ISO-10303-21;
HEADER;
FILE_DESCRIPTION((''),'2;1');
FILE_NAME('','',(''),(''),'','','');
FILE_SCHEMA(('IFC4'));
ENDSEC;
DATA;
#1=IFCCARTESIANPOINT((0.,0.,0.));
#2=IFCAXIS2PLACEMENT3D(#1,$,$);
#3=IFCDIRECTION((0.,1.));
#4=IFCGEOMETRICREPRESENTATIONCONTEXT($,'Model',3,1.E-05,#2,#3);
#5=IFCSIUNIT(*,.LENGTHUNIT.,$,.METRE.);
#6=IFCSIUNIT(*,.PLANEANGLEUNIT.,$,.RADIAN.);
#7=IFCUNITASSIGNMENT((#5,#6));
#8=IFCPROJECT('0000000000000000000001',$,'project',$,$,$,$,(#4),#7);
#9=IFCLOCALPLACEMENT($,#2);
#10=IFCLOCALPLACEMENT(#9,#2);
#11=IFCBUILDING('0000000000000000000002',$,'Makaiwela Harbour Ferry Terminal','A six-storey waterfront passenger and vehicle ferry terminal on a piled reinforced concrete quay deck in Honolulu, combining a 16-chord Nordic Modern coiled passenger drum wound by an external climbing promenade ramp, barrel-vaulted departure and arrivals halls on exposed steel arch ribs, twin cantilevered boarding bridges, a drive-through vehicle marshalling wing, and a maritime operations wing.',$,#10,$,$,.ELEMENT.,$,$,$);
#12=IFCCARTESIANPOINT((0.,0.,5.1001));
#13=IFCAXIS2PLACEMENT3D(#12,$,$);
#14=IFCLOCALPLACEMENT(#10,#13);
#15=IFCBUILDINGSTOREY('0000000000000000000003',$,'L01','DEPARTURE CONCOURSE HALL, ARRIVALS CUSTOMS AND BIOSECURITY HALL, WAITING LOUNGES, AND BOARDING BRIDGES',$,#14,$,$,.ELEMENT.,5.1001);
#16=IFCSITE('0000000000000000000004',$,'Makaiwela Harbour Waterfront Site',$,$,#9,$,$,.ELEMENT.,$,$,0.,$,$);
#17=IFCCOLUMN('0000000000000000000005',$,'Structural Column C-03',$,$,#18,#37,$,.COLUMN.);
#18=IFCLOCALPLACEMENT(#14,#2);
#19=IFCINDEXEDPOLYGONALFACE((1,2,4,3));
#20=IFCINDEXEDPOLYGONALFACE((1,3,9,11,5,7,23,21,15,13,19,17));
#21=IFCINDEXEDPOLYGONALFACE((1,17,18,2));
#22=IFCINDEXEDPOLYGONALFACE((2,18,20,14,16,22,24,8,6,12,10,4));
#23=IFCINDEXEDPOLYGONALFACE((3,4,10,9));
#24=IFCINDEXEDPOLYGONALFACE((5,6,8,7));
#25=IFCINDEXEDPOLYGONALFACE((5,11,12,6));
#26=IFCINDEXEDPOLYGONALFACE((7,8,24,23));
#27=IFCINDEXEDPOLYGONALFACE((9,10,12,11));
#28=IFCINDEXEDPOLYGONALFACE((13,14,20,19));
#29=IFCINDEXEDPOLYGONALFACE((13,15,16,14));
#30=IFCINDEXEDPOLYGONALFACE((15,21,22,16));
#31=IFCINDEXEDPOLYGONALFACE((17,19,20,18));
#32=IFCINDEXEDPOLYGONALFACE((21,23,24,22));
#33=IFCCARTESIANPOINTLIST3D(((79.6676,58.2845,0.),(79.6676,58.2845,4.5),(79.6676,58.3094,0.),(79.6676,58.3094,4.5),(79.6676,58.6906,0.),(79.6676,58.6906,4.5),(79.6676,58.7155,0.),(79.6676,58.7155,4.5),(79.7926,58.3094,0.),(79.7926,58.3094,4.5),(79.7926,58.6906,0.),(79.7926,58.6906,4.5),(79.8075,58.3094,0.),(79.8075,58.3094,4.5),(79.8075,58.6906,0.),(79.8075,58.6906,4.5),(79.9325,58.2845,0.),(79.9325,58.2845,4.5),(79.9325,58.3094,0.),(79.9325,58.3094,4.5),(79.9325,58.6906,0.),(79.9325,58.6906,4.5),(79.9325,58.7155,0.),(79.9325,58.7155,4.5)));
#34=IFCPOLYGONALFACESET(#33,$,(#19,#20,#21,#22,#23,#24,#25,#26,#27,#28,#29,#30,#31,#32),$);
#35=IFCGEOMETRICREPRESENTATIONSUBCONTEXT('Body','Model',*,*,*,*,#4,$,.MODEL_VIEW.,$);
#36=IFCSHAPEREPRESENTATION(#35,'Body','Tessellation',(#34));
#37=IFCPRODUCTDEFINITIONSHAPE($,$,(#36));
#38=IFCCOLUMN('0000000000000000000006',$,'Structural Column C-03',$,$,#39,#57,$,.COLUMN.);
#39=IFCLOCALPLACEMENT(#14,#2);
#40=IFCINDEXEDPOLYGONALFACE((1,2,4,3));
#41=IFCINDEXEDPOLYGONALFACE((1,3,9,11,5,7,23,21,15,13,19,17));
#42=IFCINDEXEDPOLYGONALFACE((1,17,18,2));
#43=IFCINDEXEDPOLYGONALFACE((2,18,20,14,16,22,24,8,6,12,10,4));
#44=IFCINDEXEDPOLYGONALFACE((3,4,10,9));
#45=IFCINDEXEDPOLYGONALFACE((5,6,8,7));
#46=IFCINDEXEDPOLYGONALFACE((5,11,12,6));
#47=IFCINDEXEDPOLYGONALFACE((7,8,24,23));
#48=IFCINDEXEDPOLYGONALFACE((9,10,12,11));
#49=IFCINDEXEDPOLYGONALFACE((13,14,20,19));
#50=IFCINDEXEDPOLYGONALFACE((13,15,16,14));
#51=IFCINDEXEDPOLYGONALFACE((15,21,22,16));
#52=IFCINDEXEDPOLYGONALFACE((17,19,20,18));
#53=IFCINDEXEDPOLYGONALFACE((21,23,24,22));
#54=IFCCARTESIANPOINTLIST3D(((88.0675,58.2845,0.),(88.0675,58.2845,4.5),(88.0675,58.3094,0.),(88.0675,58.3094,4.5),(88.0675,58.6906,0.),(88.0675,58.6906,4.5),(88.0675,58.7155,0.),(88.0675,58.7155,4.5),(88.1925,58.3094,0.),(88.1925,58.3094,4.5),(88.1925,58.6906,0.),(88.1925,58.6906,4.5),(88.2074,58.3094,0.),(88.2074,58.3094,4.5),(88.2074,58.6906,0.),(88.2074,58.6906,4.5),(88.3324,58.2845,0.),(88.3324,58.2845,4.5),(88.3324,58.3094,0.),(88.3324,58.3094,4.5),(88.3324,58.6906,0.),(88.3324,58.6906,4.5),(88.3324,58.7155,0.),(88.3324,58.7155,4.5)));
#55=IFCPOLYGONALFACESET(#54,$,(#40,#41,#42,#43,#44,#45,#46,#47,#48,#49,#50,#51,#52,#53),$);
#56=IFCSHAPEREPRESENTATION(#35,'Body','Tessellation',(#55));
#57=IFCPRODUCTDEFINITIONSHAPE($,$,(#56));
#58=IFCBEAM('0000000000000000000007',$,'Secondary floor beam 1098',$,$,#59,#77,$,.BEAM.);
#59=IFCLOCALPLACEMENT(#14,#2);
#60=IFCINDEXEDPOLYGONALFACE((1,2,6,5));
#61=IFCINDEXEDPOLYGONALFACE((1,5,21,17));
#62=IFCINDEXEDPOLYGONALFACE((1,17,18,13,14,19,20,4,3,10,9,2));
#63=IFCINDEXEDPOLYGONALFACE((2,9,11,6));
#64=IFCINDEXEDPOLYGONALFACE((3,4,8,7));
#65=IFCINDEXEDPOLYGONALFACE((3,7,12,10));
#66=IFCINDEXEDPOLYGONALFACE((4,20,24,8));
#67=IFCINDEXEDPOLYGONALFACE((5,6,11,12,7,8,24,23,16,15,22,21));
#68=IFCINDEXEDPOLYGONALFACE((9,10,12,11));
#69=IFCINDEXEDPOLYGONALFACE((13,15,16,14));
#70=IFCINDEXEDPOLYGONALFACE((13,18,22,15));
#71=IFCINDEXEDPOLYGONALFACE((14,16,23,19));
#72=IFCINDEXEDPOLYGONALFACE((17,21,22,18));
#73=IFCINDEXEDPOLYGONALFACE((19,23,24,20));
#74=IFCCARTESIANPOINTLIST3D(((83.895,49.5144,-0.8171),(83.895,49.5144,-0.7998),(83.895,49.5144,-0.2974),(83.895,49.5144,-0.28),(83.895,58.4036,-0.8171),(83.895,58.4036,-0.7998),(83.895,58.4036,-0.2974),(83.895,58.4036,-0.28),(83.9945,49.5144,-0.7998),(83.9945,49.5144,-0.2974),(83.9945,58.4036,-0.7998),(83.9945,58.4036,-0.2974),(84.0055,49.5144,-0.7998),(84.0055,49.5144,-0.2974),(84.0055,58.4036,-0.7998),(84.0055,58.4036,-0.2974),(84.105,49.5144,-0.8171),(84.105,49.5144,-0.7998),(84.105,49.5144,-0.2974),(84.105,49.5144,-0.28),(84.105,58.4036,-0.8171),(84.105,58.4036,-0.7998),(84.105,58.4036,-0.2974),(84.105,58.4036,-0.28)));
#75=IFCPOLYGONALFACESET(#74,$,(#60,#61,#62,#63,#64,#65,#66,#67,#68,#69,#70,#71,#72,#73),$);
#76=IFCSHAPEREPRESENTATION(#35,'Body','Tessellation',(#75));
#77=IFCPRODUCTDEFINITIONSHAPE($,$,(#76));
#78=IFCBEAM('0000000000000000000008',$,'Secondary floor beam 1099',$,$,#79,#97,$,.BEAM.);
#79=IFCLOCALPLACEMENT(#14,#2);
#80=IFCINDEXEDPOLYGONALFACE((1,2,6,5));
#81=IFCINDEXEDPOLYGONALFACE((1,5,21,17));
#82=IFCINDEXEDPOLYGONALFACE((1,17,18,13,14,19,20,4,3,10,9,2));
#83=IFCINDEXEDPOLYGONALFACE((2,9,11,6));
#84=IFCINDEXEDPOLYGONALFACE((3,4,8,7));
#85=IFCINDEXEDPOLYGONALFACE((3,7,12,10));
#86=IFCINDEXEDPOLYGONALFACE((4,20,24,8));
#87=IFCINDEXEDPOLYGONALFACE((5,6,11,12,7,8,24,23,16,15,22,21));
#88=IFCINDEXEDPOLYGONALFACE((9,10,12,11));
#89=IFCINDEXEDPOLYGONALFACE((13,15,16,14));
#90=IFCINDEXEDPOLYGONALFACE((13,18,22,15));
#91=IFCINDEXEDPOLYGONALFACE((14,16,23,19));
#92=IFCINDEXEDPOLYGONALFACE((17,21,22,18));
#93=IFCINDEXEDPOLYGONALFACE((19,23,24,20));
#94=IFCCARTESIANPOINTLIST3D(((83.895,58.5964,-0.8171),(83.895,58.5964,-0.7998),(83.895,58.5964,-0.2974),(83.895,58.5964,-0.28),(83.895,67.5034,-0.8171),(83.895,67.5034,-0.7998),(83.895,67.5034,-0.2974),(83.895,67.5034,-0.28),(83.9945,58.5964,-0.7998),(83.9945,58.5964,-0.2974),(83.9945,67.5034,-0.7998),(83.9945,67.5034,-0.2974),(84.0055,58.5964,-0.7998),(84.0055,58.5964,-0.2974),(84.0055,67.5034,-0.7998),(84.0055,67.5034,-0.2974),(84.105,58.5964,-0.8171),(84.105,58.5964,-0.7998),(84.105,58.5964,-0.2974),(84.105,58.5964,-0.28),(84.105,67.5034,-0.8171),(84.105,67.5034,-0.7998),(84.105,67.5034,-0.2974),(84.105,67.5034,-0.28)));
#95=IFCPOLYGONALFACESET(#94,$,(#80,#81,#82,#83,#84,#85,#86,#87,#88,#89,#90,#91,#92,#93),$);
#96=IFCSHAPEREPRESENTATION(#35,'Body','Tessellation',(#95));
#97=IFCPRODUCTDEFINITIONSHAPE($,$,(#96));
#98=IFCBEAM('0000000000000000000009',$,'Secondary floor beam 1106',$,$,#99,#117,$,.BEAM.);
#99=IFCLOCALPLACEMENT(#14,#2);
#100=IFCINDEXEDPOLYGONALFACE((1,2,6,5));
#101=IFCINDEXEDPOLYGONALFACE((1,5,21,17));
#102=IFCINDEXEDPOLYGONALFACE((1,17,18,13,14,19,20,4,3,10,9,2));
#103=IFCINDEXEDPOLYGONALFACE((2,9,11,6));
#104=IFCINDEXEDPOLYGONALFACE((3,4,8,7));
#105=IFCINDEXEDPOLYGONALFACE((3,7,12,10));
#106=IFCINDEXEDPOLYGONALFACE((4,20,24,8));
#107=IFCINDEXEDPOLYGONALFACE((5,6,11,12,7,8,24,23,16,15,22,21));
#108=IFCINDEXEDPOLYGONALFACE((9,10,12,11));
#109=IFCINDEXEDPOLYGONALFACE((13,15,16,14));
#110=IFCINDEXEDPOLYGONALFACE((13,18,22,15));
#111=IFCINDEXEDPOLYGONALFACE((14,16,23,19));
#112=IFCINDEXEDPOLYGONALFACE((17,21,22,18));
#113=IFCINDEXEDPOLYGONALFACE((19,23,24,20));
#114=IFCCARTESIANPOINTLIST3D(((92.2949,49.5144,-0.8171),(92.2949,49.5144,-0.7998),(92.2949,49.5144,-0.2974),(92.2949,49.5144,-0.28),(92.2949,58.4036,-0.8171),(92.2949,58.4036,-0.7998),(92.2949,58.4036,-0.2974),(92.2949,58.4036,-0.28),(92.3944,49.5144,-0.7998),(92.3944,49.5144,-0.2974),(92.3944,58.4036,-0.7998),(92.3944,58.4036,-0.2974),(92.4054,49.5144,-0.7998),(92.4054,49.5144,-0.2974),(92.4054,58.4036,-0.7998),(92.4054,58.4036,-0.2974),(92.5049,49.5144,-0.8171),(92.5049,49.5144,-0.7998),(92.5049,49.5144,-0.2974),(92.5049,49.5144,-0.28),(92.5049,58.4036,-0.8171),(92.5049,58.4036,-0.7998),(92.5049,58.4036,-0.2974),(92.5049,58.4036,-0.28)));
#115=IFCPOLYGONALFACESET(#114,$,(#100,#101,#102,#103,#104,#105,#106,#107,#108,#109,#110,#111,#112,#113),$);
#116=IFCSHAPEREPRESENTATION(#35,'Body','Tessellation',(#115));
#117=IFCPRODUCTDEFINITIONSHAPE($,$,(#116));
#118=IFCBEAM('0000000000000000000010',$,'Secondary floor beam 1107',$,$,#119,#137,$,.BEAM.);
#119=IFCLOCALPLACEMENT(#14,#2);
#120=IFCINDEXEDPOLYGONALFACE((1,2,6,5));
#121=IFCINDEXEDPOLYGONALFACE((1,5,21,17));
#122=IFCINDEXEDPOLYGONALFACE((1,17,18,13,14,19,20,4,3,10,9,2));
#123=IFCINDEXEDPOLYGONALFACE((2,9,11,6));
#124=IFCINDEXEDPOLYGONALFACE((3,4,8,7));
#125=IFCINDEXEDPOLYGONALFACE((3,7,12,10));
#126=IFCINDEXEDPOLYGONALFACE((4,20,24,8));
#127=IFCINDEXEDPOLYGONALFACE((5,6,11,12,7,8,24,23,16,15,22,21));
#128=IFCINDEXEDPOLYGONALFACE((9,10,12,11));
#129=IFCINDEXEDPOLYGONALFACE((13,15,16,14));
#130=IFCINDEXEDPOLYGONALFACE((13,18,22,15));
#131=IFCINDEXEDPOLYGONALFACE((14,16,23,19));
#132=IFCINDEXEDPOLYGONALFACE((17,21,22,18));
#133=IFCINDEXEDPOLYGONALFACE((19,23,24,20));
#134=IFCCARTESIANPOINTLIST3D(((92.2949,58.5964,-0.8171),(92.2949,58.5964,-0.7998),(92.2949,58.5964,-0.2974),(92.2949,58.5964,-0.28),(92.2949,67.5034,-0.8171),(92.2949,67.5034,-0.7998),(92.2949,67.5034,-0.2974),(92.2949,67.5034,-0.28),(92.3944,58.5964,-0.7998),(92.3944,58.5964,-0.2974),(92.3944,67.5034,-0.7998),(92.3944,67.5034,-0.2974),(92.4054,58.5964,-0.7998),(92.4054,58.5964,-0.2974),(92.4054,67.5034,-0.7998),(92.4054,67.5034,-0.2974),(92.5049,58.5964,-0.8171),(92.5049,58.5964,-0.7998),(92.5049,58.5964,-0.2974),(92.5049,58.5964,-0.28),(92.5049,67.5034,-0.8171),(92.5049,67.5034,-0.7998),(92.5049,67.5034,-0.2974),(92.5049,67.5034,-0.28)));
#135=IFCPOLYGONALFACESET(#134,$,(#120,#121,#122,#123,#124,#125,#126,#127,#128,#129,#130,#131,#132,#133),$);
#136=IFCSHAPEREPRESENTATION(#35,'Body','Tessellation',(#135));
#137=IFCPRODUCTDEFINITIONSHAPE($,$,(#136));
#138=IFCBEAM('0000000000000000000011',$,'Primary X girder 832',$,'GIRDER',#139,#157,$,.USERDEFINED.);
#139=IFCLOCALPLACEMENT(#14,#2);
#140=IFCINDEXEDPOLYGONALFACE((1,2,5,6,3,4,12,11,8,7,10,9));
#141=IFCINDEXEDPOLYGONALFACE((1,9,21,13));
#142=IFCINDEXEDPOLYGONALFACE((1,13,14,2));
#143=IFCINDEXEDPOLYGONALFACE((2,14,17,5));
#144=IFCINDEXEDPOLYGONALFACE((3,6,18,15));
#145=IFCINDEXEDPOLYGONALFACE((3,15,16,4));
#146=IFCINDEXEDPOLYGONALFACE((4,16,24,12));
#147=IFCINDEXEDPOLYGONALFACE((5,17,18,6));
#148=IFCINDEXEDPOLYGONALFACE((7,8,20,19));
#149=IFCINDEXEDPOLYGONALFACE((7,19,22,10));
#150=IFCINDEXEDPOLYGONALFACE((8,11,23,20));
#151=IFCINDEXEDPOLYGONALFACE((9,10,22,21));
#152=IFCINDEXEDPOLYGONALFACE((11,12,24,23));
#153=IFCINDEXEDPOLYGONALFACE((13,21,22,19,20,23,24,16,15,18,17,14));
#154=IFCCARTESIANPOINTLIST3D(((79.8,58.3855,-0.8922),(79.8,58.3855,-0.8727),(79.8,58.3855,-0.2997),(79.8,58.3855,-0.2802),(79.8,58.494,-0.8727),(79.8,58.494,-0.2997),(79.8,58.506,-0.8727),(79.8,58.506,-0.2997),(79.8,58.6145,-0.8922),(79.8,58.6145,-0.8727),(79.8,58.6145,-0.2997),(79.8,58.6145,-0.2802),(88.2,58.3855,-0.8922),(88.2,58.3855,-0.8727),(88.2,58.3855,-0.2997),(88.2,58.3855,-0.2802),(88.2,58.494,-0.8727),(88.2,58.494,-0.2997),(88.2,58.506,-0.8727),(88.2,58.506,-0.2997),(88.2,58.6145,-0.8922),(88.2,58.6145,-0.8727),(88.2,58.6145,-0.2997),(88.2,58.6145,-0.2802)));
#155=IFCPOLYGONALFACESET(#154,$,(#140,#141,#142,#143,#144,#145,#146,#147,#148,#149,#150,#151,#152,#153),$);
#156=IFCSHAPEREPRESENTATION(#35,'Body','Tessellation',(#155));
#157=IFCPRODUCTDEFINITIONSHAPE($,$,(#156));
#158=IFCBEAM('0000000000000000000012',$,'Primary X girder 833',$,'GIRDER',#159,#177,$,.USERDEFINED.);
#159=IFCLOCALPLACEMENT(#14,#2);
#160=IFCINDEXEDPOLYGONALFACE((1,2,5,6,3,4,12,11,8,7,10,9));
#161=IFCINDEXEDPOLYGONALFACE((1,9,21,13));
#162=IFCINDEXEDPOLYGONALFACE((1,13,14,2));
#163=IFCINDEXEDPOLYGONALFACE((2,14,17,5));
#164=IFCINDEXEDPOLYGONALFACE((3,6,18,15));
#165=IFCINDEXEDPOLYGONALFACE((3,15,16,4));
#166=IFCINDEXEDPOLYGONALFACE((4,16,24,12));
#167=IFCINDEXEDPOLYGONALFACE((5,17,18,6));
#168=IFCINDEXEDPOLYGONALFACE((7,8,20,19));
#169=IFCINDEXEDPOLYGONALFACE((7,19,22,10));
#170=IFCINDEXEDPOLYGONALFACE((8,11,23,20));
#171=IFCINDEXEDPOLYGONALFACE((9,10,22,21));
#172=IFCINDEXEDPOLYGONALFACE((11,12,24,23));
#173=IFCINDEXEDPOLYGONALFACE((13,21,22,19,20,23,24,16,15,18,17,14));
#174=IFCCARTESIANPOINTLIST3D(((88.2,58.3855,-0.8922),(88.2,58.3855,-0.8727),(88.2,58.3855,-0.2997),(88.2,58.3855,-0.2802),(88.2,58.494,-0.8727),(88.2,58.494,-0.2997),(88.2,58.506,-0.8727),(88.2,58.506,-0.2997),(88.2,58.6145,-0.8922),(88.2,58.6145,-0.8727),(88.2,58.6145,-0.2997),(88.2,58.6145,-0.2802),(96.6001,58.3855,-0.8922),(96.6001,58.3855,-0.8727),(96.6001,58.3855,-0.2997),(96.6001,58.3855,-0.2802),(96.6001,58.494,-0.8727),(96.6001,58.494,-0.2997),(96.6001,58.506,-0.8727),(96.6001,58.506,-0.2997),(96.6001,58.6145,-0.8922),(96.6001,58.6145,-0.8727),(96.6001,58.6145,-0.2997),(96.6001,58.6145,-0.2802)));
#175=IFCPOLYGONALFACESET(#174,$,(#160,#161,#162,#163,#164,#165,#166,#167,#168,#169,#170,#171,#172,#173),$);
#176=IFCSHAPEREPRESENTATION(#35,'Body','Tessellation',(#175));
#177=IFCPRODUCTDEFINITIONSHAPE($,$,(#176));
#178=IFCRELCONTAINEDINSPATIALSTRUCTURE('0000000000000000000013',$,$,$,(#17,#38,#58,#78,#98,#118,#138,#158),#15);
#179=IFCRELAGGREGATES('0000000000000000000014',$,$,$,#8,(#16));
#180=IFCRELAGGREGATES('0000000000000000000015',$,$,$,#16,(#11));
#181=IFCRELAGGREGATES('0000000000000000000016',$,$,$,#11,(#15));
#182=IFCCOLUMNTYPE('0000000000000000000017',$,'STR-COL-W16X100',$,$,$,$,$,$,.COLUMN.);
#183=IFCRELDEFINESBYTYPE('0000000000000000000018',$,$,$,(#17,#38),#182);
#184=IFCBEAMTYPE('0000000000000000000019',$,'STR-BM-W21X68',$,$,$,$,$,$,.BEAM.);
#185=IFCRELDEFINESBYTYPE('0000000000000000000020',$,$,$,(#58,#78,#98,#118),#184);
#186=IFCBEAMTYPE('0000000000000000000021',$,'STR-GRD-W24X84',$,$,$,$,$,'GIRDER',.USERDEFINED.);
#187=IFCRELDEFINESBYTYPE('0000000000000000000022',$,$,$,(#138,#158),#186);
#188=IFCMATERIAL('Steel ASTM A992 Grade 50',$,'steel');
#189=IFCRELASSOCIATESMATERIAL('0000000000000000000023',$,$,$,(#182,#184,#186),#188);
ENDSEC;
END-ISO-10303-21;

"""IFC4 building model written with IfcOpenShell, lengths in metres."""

from ifc_helpers import new_model, si_unit, direction, frame, origin, origin_2d, place, context, subcontext, project, spatial, i_section, extrude, material, material_profile, profile_set, type_object, element, save


model = new_model("IFC4")

# Units and contexts
model_context = context("Model", 3, precision=1e-05, world=origin(), true_north=direction((0.0, 1.0)))
body_context = subcontext(model_context, "Body", "Model", "MODEL_VIEW")
ifc_project = project(units=[si_unit("LENGTHUNIT", "METRE"), si_unit("PLANEANGLEUNIT", "RADIAN")], contexts=[model_context])

# Site, building, storey
site_placement = place(None, origin())
site = spatial("IfcSite", under=ifc_project, at=site_placement, Name="Makaiwela Harbour Waterfront Site", CompositionType="ELEMENT", RefElevation=0.0)
building_placement = place(site_placement, origin())
building = spatial("IfcBuilding", under=site, at=building_placement, Name="Makaiwela Harbour Ferry Terminal", Description="A six-storey waterfront passenger and vehicle ferry terminal on a piled reinforced concrete quay deck in Honolulu, combining a 16-chord Nordic Modern coiled passenger drum wound by an external climbing promenade ramp, barrel-vaulted departure and arrivals halls on exposed steel arch ribs, twin cantilevered boarding bridges, a drive-through vehicle marshalling wing, and a maritime operations wing.", CompositionType="ELEMENT")
storey_placement = place(building_placement, frame((0.0, 0.0, 5.1001)))
storey = spatial("IfcBuildingStorey", under=building, at=storey_placement, Name="L01", Description="DEPARTURE CONCOURSE HALL, ARRIVALS CUSTOMS AND BIOSECURITY HALL, WAITING LOUNGES, AND BOARDING BRIDGES", CompositionType="ELEMENT", Elevation=5.1001)

# Columns
ifc_material_1 = material(Name="Steel ASTM A992 Grade 50", Category="steel")
ifc_material_profile_1 = material_profile(ifc_material_1, i_section(OverallWidth=0.2649, OverallDepth=0.4309, WebThickness=0.0149, FlangeThickness=0.0249, at=origin_2d()), Name="W16X100")
ifc_profile_set_1 = profile_set([ifc_material_profile_1], Name="Steel ASTM A992 Grade 50")
column_type = type_object("IfcColumnType", Name="STR-COL-W16X100", PredefinedType="COLUMN", material=ifc_profile_set_1)
for number, where, z_axis, x_axis, name in (
    (1, (79.8, 58.5, 0.0), (0.0, 0.0, 1.0), (1.0, 0.0, 0.0), "Structural Column C-03"),
    (2, (88.2, 58.5, 0.0), (0.0, 0.0, 1.0), (1.0, 0.0, 0.0), "Structural Column C-03"),
):
    element("IfcColumn", number, at=place(storey_placement, frame(where, z_axis=z_axis, x_axis=x_axis)), inside=storey, type_object=column_type, Name=name, PredefinedType="COLUMN", context=body_context, shape_type="SweptSolid", body=[
        extrude(i_section(OverallWidth=0.2649, OverallDepth=0.4309, WebThickness=0.0149, FlangeThickness=0.0249, at=origin_2d()), origin(), (0.0, 0.0, 1.0), 4.5),
    ])

# Beams
ifc_material_profile_2 = material_profile(ifc_material_1, i_section(OverallWidth=0.21, OverallDepth=0.5371, WebThickness=0.011, FlangeThickness=0.0173, at=origin_2d()), Name="W21X68")
ifc_profile_set_2 = profile_set([ifc_material_profile_2], Name="Steel ASTM A992 Grade 50")
beam_type_1 = type_object("IfcBeamType", Name="STR-BM-W21X68", PredefinedType="BEAM", material=ifc_profile_set_2)
beam_1_placement = place(storey_placement, frame((84.0, 49.5144, -0.5486), z_axis=(0.0, 1.0, 0.0), x_axis=(-1.0, 0.0, 0.0)))
element("IfcBeam", 3, at=beam_1_placement, inside=storey, type_object=beam_type_1, Name="Secondary floor beam 1098", PredefinedType="BEAM", context=body_context, shape_type="SweptSolid", body=[
    extrude(i_section(OverallWidth=0.21, OverallDepth=0.5371, WebThickness=0.011, FlangeThickness=0.0173, at=origin_2d()), origin(), (0.0, 0.0, 1.0), 8.8892),
])
beam_2_placement = place(storey_placement, frame((84.0, 58.5964, -0.5486), z_axis=(0.0, 1.0, 0.0), x_axis=(-1.0, 0.0, 0.0)))
element("IfcBeam", 4, at=beam_2_placement, inside=storey, type_object=beam_type_1, Name="Secondary floor beam 1099", PredefinedType="BEAM", context=body_context, shape_type="SweptSolid", body=[
    extrude(i_section(OverallWidth=0.21, OverallDepth=0.5371, WebThickness=0.011, FlangeThickness=0.0173, at=origin_2d()), origin(), (0.0, 0.0, 1.0), 8.907),
])
beam_3_placement = place(storey_placement, frame((92.3999, 49.5144, -0.5486), z_axis=(0.0, 1.0, 0.0), x_axis=(-1.0, 0.0, 0.0)))
element("IfcBeam", 5, at=beam_3_placement, inside=storey, type_object=beam_type_1, Name="Secondary floor beam 1106", PredefinedType="BEAM", context=body_context, shape_type="SweptSolid", body=[
    extrude(i_section(OverallWidth=0.21, OverallDepth=0.5371, WebThickness=0.011, FlangeThickness=0.0173, at=origin_2d()), origin(), (0.0, 0.0, 1.0), 8.8892),
])
beam_4_placement = place(storey_placement, frame((92.3999, 58.5964, -0.5486), z_axis=(0.0, 1.0, 0.0), x_axis=(-1.0, 0.0, 0.0)))
element("IfcBeam", 6, at=beam_4_placement, inside=storey, type_object=beam_type_1, Name="Secondary floor beam 1107", PredefinedType="BEAM", context=body_context, shape_type="SweptSolid", body=[
    extrude(i_section(OverallWidth=0.21, OverallDepth=0.5371, WebThickness=0.011, FlangeThickness=0.0173, at=origin_2d()), origin(), (0.0, 0.0, 1.0), 8.907),
])
ifc_material_profile_3 = material_profile(ifc_material_1, i_section(OverallWidth=0.229, OverallDepth=0.6121, WebThickness=0.012, FlangeThickness=0.0195, at=origin_2d()), Name="W24X84")
ifc_profile_set_3 = profile_set([ifc_material_profile_3], Name="Steel ASTM A992 Grade 50")
beam_type_2 = type_object("IfcBeamType", Name="STR-GRD-W24X84", ElementType="GIRDER", PredefinedType="USERDEFINED", material=ifc_profile_set_3)
beam_5_placement = place(storey_placement, frame((79.8, 58.5, -0.5862), z_axis=(1.0, 0.0, 0.0), x_axis=(0.0, 1.0, 0.0)))
element("IfcBeam", 7, at=beam_5_placement, inside=storey, type_object=beam_type_2, Name="Primary X girder 832", ObjectType="GIRDER", PredefinedType="USERDEFINED", context=body_context, shape_type="SweptSolid", body=[
    extrude(i_section(OverallWidth=0.229, OverallDepth=0.6121, WebThickness=0.012, FlangeThickness=0.0195, at=origin_2d()), origin(), (0.0, 0.0, 1.0), 8.3999),
])
beam_6_placement = place(storey_placement, frame((88.2, 58.5, -0.5862), z_axis=(1.0, 0.0, 0.0), x_axis=(0.0, 1.0, 0.0)))
element("IfcBeam", 8, at=beam_6_placement, inside=storey, type_object=beam_type_2, Name="Primary X girder 833", ObjectType="GIRDER", PredefinedType="USERDEFINED", context=body_context, shape_type="SweptSolid", body=[
    extrude(i_section(OverallWidth=0.229, OverallDepth=0.6121, WebThickness=0.012, FlangeThickness=0.0195, at=origin_2d()), origin(), (0.0, 0.0, 1.0), 8.4001),
])

save(model, "model.ifc")
